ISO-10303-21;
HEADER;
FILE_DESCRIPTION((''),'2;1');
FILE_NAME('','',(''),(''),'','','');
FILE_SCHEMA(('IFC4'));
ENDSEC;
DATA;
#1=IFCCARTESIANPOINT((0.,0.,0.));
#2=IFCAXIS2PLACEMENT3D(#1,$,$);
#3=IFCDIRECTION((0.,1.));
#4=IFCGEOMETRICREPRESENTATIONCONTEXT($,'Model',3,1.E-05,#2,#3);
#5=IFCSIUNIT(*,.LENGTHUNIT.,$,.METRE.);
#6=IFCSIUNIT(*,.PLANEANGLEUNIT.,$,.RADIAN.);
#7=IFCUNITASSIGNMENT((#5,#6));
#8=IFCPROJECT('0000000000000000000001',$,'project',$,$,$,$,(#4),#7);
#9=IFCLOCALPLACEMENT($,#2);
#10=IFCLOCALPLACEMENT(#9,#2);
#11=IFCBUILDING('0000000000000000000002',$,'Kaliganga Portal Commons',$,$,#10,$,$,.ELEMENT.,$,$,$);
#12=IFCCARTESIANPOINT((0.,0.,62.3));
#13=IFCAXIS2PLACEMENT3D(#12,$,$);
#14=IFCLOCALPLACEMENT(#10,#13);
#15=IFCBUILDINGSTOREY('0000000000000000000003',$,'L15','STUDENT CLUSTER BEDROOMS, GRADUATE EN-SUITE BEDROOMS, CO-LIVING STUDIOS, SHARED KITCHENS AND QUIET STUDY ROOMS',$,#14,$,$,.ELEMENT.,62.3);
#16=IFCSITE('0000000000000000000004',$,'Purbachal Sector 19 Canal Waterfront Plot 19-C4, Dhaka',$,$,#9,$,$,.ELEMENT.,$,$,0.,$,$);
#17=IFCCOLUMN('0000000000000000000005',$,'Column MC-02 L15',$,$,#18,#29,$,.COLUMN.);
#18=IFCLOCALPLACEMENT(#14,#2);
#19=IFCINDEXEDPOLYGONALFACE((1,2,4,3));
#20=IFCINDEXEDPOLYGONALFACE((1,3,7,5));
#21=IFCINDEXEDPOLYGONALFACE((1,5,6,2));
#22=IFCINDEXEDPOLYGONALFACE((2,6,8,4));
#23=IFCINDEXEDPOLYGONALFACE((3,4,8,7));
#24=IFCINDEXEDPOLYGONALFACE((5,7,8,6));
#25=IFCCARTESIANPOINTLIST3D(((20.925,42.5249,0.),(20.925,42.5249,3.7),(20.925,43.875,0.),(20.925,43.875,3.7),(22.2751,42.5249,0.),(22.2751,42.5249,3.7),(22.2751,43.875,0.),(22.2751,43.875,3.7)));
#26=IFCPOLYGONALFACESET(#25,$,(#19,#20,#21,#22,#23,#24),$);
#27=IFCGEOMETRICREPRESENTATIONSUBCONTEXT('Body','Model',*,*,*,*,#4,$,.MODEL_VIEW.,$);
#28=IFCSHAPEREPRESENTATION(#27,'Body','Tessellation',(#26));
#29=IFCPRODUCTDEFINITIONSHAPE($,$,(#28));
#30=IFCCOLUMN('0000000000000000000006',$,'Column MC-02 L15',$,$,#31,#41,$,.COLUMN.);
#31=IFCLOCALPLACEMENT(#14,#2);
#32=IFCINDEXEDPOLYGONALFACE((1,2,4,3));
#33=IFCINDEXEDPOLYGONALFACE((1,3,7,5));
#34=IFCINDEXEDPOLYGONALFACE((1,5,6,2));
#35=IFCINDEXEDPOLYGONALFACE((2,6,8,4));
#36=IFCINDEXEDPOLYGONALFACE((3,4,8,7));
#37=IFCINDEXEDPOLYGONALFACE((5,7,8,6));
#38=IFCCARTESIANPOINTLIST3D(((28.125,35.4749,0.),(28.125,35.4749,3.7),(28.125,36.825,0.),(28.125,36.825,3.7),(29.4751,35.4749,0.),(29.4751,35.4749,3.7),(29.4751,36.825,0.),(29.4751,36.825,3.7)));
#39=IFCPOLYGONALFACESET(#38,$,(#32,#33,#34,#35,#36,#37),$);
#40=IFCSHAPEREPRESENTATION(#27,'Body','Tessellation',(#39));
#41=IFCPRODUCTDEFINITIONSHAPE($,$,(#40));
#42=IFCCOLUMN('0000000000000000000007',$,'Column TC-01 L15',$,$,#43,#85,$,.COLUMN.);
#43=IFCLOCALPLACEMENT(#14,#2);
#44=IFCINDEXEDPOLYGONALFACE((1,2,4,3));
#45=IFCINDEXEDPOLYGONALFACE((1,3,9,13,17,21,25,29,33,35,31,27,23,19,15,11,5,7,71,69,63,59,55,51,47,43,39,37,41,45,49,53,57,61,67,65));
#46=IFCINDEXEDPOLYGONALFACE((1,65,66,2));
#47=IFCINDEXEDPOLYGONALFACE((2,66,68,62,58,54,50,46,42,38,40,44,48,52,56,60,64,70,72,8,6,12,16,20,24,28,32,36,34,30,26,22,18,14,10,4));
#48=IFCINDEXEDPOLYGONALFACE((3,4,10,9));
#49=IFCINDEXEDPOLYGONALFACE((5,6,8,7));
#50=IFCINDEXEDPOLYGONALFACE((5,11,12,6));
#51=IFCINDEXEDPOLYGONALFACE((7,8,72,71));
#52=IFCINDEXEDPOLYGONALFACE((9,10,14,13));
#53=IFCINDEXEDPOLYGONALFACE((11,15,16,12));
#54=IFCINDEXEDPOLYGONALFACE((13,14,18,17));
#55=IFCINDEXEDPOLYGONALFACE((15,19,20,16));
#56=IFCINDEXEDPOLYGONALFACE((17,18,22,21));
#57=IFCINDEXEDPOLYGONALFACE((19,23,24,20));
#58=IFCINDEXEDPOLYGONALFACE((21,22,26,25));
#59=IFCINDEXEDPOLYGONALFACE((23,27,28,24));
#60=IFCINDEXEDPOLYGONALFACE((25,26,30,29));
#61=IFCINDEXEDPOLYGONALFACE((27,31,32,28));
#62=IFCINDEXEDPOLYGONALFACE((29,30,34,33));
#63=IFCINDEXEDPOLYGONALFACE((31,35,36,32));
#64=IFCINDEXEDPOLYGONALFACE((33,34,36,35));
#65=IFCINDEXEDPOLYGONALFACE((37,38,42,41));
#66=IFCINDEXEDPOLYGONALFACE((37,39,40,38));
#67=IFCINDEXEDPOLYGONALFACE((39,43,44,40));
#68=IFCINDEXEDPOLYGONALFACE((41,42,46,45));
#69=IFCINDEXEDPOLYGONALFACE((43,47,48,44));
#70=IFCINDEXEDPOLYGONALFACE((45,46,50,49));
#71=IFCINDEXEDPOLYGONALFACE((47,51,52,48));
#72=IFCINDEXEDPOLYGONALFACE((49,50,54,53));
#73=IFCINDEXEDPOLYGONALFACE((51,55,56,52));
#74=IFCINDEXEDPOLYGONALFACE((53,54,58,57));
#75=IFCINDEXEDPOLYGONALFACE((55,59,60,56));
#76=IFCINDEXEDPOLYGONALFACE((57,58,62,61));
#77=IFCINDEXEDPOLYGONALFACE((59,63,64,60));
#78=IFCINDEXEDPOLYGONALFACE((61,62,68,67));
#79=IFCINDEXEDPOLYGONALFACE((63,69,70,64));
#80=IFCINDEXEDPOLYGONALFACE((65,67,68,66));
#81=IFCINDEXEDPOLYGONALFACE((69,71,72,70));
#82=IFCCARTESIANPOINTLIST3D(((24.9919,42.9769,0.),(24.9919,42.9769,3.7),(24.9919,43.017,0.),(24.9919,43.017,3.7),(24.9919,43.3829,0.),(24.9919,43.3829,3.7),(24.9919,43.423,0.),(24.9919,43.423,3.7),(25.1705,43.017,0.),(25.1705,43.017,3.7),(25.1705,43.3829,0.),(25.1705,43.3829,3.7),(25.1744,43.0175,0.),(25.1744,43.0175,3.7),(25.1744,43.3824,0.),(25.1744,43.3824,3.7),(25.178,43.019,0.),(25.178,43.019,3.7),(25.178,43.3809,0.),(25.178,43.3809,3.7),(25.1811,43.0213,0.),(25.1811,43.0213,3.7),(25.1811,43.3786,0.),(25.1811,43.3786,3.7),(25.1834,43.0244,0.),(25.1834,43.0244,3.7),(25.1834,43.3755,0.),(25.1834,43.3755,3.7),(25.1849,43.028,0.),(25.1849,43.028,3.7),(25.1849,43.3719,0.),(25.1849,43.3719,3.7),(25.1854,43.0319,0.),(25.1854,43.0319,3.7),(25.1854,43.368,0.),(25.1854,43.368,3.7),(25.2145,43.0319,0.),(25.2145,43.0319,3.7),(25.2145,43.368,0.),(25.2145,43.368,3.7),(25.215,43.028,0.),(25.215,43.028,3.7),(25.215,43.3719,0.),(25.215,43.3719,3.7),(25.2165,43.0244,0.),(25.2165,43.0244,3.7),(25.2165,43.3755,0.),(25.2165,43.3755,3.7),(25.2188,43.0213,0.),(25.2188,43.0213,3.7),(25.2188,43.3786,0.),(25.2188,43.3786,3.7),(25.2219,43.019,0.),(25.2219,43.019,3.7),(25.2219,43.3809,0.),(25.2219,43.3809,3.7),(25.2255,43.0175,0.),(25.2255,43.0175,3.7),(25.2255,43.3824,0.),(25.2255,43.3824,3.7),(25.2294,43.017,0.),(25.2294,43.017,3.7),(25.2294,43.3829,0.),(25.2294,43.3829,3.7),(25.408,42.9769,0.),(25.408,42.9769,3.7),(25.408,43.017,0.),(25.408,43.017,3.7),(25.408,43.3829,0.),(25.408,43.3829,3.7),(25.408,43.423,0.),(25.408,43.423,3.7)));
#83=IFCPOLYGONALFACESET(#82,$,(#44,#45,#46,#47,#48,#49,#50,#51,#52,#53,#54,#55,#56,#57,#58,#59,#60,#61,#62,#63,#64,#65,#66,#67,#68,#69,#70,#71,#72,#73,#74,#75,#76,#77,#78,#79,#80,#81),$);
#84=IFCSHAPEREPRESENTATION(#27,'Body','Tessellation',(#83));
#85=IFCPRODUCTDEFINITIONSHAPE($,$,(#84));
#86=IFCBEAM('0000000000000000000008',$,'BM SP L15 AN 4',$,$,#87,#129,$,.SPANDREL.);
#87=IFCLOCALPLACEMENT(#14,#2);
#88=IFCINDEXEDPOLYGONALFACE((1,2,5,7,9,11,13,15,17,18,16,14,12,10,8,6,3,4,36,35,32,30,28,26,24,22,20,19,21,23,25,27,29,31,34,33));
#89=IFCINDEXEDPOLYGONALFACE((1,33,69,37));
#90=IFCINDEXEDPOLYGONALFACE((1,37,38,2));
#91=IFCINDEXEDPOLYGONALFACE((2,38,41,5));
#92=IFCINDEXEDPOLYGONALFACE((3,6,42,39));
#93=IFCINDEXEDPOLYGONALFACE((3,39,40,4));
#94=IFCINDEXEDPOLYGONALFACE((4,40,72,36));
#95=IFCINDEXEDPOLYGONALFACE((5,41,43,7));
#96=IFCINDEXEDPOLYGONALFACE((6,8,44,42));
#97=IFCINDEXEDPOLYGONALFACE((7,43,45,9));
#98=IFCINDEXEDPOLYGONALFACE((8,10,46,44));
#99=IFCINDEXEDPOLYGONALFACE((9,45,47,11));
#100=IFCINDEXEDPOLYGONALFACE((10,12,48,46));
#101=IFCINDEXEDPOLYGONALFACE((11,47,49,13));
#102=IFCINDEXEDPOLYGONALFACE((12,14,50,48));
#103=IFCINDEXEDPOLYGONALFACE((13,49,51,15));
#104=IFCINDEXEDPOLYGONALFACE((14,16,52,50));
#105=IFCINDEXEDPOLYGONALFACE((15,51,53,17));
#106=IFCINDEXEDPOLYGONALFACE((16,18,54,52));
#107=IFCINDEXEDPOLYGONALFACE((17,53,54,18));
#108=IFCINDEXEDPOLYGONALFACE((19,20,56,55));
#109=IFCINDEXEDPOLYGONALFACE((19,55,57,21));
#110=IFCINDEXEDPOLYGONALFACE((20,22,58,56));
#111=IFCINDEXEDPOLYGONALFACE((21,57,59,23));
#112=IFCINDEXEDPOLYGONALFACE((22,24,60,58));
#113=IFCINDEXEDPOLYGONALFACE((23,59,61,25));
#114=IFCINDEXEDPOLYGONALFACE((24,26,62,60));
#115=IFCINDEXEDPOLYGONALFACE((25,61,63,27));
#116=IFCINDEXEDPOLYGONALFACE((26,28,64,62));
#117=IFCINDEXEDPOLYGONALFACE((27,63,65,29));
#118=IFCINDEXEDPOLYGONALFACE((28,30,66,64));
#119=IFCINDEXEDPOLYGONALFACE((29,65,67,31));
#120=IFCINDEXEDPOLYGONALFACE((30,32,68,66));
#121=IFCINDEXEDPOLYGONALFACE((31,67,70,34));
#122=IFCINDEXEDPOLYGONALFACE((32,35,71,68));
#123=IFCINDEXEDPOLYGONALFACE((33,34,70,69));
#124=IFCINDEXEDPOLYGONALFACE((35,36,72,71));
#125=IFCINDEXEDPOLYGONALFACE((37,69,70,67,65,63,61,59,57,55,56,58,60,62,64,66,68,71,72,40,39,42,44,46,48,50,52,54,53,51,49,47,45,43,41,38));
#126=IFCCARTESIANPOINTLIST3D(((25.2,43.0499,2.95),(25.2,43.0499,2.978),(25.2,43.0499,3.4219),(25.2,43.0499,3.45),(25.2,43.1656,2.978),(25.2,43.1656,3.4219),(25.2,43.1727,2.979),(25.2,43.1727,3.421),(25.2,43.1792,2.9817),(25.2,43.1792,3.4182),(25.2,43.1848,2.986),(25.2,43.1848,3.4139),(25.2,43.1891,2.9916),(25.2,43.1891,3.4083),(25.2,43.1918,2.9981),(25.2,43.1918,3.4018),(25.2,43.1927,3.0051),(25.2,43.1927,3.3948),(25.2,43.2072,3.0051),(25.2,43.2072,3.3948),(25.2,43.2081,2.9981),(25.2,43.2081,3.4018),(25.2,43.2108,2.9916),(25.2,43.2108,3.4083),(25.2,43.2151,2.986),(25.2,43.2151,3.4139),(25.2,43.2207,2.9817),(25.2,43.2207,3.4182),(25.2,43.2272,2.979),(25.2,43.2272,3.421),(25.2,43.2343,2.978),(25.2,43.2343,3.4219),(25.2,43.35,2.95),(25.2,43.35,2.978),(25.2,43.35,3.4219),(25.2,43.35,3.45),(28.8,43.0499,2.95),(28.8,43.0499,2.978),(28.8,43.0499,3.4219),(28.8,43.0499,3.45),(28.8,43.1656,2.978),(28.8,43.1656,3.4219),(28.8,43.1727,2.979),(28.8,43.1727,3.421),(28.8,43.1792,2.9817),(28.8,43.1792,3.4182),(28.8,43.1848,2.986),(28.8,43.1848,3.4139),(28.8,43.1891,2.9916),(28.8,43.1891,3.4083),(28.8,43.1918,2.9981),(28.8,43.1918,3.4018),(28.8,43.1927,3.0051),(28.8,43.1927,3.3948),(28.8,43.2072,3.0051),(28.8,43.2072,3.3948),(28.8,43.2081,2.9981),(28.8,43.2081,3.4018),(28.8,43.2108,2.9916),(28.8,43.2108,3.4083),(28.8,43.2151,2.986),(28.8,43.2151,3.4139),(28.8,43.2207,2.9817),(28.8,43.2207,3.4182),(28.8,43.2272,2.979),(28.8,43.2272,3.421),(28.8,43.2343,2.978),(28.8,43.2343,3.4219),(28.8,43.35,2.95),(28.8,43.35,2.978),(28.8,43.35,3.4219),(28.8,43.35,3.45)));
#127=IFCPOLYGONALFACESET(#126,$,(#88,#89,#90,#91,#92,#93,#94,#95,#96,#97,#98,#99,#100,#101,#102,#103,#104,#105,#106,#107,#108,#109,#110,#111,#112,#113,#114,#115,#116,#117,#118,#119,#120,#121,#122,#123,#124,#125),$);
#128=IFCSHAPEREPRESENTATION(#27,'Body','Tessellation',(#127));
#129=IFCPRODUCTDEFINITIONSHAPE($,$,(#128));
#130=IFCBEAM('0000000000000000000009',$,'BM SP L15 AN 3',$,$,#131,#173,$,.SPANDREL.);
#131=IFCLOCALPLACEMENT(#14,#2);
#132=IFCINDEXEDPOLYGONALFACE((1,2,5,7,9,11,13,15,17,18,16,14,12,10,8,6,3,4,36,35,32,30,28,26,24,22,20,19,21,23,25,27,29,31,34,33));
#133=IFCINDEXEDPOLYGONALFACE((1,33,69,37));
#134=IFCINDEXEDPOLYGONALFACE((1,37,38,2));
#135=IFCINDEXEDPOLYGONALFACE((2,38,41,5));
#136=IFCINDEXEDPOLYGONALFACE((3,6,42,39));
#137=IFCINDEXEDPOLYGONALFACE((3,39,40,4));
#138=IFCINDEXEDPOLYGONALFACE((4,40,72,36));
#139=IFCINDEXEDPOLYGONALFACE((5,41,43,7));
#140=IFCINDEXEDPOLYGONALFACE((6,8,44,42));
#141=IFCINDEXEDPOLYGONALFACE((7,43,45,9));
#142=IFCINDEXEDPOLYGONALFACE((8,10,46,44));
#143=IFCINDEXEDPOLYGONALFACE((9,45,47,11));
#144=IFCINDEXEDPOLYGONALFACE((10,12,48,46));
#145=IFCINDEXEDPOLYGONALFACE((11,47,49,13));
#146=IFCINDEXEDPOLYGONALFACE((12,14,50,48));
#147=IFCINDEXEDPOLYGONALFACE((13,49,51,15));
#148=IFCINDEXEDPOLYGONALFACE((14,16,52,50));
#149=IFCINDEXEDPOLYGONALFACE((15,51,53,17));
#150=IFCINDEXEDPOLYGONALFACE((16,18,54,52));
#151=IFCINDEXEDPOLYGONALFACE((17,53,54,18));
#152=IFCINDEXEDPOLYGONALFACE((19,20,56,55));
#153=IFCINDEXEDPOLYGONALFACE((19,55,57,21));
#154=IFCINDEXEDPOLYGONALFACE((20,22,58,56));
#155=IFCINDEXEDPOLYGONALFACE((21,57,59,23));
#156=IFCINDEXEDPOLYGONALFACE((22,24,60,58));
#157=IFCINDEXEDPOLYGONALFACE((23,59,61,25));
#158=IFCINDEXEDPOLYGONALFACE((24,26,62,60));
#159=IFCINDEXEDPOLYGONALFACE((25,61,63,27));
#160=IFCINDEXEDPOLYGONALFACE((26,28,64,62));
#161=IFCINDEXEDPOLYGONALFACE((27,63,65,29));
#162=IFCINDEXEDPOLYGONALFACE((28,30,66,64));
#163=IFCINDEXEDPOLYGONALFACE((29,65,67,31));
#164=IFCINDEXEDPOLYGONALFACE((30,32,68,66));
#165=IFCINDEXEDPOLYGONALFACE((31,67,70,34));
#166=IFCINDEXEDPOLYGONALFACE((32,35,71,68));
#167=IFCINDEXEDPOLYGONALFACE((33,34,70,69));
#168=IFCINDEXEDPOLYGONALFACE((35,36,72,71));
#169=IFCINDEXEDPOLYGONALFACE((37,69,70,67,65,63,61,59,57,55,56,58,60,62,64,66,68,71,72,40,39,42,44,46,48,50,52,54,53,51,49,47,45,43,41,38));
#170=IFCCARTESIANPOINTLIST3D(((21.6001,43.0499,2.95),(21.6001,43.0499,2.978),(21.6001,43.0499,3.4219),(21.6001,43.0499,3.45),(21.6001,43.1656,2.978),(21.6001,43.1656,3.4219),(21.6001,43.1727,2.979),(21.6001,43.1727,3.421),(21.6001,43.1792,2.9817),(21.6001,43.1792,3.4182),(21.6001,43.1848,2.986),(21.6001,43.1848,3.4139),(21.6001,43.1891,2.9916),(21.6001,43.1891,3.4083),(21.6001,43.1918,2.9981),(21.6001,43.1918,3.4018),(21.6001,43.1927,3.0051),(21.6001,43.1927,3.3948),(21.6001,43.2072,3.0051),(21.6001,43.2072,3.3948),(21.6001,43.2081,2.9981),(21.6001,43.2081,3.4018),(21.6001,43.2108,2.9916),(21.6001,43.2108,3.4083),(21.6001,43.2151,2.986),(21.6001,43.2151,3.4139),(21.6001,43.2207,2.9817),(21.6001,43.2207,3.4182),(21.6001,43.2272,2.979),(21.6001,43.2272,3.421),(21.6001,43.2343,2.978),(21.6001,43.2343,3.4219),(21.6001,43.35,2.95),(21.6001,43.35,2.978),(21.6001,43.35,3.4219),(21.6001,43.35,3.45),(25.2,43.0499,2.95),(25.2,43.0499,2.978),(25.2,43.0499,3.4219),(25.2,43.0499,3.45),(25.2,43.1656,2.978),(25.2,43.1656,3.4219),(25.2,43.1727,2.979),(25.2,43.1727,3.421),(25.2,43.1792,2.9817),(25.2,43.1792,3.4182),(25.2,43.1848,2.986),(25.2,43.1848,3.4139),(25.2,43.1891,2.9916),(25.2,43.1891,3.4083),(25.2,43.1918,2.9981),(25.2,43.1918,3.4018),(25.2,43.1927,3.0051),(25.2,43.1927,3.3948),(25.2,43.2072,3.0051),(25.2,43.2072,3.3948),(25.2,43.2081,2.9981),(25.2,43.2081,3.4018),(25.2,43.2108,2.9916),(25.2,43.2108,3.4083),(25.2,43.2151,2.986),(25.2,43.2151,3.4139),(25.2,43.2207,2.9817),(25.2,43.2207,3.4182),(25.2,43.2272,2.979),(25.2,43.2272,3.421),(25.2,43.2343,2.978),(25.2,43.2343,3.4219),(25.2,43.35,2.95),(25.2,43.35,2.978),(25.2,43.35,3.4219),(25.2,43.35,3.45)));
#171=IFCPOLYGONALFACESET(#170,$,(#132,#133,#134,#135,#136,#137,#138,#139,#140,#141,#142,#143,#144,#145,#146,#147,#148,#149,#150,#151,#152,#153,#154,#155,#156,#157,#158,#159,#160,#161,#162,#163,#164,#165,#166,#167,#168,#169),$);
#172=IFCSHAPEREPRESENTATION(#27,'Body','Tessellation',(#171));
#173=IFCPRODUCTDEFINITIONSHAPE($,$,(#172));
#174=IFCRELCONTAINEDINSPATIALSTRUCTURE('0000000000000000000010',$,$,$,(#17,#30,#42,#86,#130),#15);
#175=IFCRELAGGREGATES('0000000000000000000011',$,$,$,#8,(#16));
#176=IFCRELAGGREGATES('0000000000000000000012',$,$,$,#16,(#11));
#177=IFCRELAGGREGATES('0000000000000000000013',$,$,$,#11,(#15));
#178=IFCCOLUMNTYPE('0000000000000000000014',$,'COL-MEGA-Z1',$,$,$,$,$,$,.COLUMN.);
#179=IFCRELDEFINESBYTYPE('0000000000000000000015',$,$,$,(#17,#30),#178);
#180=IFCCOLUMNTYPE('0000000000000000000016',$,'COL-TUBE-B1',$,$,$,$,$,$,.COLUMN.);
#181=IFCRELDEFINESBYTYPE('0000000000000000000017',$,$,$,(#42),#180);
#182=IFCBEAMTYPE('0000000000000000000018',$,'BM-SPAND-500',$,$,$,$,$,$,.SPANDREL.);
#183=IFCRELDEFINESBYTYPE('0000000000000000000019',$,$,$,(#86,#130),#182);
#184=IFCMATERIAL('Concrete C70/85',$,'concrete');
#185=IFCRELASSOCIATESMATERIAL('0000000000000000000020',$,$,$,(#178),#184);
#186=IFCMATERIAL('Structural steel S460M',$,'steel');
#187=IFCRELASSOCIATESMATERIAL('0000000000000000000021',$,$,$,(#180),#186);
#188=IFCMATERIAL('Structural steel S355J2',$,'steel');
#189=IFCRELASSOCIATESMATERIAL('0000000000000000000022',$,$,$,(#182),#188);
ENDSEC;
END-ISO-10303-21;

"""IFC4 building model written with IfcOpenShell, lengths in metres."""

from ifc_helpers import new_model, si_unit, direction, frame, origin, origin_2d, place, context, subcontext, project, spatial, rectangle, i_section, extrude, source, transform, mapped, material, material_profile, profile_set, type_object, element, save


model = new_model("IFC4")

# Units and contexts
model_context = context("Model", 3, precision=1e-05, world=origin(), true_north=direction((0.0, 1.0)))
body_context = subcontext(model_context, "Body", "Model", "MODEL_VIEW")
ifc_project = project(units=[si_unit("LENGTHUNIT", "METRE"), si_unit("PLANEANGLEUNIT", "RADIAN")], contexts=[model_context])

# Site, building, storey
site_placement = place(None, origin())
site = spatial("IfcSite", under=ifc_project, at=site_placement, Name="Purbachal Sector 19 Canal Waterfront Plot 19-C4, Dhaka", CompositionType="ELEMENT", RefElevation=0.0)
building_placement = place(site_placement, origin())
building = spatial("IfcBuilding", under=site, at=building_placement, Name="Kaliganga Portal Commons", CompositionType="ELEMENT")
storey_placement = place(building_placement, frame((0.0, 0.0, 62.3)))
storey = spatial("IfcBuildingStorey", under=building, at=storey_placement, Name="L15", Description="STUDENT CLUSTER BEDROOMS, GRADUATE EN-SUITE BEDROOMS, CO-LIVING STUDIOS, SHARED KITCHENS AND QUIET STUDY ROOMS", CompositionType="ELEMENT", Elevation=62.3)

# Columns
ifc_material_1 = material(Name="Concrete C70/85", Category="concrete")
ifc_material_profile_1 = material_profile(ifc_material_1, rectangle(XDim=1.3501, YDim=1.3501, at=origin_2d()), Name="RC 1350x1350")
ifc_profile_set_1 = profile_set([ifc_material_profile_1], Name="Concrete C70/85")
column_type_1 = type_object("IfcColumnType", Name="COL-MEGA-Z1", PredefinedType="COLUMN", material=ifc_profile_set_1)
shared_shape_1 = source(origin(), body_context, "Body", "SweptSolid", [
    extrude(rectangle(XDim=1.3501, YDim=1.3501, at=origin_2d()), origin(), (0.0, 0.0, 1.0), 3.7),
])
for number, where, z_axis, x_axis, name in (
    (1, (21.6001, 43.2, 0.0), (0.0, 0.0, 1.0), (1.0, 0.0, 0.0), "Column MC-02 L15"),
    (2, (28.8, 36.1499, 0.0), (0.0, 0.0, 1.0), (1.0, 0.0, 0.0), "Column MC-02 L15"),
):
    element("IfcColumn", number, at=place(storey_placement, frame(where, z_axis=z_axis, x_axis=x_axis)), inside=storey, type_object=column_type_1, Name=name, PredefinedType="COLUMN", context=body_context, shape_type="MappedRepresentation", body=[
        mapped(shared_shape_1, transform((0.0, 0.0, 0.0), x_axis=(1.0, 0.0, 0.0), y_axis=(0.0, 1.0, 0.0), z_axis=(0.0, 0.0, 1.0), scale=1.0)),
    ])
ifc_material_2 = material(Name="Structural steel S460M", Category="steel")
ifc_material_profile_2 = material_profile(ifc_material_2, i_section(OverallWidth=0.416, OverallDepth=0.446, WebThickness=0.0291, FlangeThickness=0.04, FilletRadius=0.0149, at=origin_2d()), Name="HD 400x509")
ifc_profile_set_2 = profile_set([ifc_material_profile_2], Name="Structural steel S460M wide-flange")
column_type_2 = type_object("IfcColumnType", Name="COL-TUBE-B1", PredefinedType="COLUMN", material=ifc_profile_set_2)
shared_shape_2 = source(origin(), body_context, "Body", "SweptSolid", [
    extrude(i_section(OverallWidth=0.416, OverallDepth=0.446, WebThickness=0.0291, FlangeThickness=0.04, FilletRadius=0.0149, at=origin_2d()), origin(), (0.0, 0.0, 1.0), 3.7),
])
column_placement = place(storey_placement, frame((25.2, 43.2, 0.0), z_axis=(0.0, 0.0, 1.0), x_axis=(1.0, 0.0, 0.0)))
element("IfcColumn", 3, at=column_placement, inside=storey, type_object=column_type_2, Name="Column TC-01 L15", PredefinedType="COLUMN", context=body_context, shape_type="MappedRepresentation", body=[
    mapped(shared_shape_2, transform((0.0, 0.0, 0.0), x_axis=(1.0, 0.0, 0.0), y_axis=(0.0, 1.0, 0.0), z_axis=(0.0, 0.0, 1.0), scale=1.0)),
])

# Beams
ifc_material_3 = material(Name="Structural steel S355J2", Category="steel")
ifc_material_profile_3 = material_profile(ifc_material_3, i_section(OverallWidth=0.3, OverallDepth=0.5, WebThickness=0.0144, FlangeThickness=0.0281, FilletRadius=0.0271, at=origin_2d()), Name="HE 500 B")
ifc_profile_set_3 = profile_set([ifc_material_profile_3], Name="Structural steel S355J2 wide-flange")
beam_type_1 = type_object("IfcBeamType", Name="BM-SPAND-500", PredefinedType="SPANDREL", material=ifc_profile_set_3)
shared_shape_3 = source(origin(), body_context, "Body", "SweptSolid", [
    extrude(i_section(OverallWidth=0.3, OverallDepth=0.5, WebThickness=0.0144, FlangeThickness=0.0281, FilletRadius=0.0271, at=origin_2d()), origin(), (0.0, 0.0, 1.0), 3.6001),
])
beam_1_placement = place(storey_placement, frame((25.2, 43.2, 3.2), z_axis=(1.0, 0.0, 0.0), x_axis=(0.0, 1.0, 0.0)))
element("IfcBeam", 4, at=beam_1_placement, inside=storey, type_object=beam_type_1, Name="BM SP L15 AN 4", PredefinedType="SPANDREL", context=body_context, shape_type="MappedRepresentation", body=[
    mapped(shared_shape_3, transform((0.0, 0.0, 0.0), x_axis=(1.0, 0.0, 0.0), y_axis=(0.0, 1.0, 0.0), z_axis=(0.0, 0.0, 1.0), scale=1.0)),
])
shared_shape_4 = source(origin(), body_context, "Body", "SweptSolid", [
    extrude(i_section(OverallWidth=0.3, OverallDepth=0.5, WebThickness=0.0144, FlangeThickness=0.0281, FilletRadius=0.0271, at=origin_2d()), origin(), (0.0, 0.0, 1.0), 3.5999),
])
beam_2_placement = place(storey_placement, frame((21.6001, 43.2, 3.2), z_axis=(1.0, 0.0, 0.0), x_axis=(0.0, 1.0, 0.0)))
element("IfcBeam", 5, at=beam_2_placement, inside=storey, type_object=beam_type_1, Name="BM SP L15 AN 3", PredefinedType="SPANDREL", context=body_context, shape_type="MappedRepresentation", body=[
    mapped(shared_shape_4, transform((0.0, 0.0, 0.0), x_axis=(1.0, 0.0, 0.0), y_axis=(0.0, 1.0, 0.0), z_axis=(0.0, 0.0, 1.0), scale=1.0)),
])

save(model, "model.ifc")
